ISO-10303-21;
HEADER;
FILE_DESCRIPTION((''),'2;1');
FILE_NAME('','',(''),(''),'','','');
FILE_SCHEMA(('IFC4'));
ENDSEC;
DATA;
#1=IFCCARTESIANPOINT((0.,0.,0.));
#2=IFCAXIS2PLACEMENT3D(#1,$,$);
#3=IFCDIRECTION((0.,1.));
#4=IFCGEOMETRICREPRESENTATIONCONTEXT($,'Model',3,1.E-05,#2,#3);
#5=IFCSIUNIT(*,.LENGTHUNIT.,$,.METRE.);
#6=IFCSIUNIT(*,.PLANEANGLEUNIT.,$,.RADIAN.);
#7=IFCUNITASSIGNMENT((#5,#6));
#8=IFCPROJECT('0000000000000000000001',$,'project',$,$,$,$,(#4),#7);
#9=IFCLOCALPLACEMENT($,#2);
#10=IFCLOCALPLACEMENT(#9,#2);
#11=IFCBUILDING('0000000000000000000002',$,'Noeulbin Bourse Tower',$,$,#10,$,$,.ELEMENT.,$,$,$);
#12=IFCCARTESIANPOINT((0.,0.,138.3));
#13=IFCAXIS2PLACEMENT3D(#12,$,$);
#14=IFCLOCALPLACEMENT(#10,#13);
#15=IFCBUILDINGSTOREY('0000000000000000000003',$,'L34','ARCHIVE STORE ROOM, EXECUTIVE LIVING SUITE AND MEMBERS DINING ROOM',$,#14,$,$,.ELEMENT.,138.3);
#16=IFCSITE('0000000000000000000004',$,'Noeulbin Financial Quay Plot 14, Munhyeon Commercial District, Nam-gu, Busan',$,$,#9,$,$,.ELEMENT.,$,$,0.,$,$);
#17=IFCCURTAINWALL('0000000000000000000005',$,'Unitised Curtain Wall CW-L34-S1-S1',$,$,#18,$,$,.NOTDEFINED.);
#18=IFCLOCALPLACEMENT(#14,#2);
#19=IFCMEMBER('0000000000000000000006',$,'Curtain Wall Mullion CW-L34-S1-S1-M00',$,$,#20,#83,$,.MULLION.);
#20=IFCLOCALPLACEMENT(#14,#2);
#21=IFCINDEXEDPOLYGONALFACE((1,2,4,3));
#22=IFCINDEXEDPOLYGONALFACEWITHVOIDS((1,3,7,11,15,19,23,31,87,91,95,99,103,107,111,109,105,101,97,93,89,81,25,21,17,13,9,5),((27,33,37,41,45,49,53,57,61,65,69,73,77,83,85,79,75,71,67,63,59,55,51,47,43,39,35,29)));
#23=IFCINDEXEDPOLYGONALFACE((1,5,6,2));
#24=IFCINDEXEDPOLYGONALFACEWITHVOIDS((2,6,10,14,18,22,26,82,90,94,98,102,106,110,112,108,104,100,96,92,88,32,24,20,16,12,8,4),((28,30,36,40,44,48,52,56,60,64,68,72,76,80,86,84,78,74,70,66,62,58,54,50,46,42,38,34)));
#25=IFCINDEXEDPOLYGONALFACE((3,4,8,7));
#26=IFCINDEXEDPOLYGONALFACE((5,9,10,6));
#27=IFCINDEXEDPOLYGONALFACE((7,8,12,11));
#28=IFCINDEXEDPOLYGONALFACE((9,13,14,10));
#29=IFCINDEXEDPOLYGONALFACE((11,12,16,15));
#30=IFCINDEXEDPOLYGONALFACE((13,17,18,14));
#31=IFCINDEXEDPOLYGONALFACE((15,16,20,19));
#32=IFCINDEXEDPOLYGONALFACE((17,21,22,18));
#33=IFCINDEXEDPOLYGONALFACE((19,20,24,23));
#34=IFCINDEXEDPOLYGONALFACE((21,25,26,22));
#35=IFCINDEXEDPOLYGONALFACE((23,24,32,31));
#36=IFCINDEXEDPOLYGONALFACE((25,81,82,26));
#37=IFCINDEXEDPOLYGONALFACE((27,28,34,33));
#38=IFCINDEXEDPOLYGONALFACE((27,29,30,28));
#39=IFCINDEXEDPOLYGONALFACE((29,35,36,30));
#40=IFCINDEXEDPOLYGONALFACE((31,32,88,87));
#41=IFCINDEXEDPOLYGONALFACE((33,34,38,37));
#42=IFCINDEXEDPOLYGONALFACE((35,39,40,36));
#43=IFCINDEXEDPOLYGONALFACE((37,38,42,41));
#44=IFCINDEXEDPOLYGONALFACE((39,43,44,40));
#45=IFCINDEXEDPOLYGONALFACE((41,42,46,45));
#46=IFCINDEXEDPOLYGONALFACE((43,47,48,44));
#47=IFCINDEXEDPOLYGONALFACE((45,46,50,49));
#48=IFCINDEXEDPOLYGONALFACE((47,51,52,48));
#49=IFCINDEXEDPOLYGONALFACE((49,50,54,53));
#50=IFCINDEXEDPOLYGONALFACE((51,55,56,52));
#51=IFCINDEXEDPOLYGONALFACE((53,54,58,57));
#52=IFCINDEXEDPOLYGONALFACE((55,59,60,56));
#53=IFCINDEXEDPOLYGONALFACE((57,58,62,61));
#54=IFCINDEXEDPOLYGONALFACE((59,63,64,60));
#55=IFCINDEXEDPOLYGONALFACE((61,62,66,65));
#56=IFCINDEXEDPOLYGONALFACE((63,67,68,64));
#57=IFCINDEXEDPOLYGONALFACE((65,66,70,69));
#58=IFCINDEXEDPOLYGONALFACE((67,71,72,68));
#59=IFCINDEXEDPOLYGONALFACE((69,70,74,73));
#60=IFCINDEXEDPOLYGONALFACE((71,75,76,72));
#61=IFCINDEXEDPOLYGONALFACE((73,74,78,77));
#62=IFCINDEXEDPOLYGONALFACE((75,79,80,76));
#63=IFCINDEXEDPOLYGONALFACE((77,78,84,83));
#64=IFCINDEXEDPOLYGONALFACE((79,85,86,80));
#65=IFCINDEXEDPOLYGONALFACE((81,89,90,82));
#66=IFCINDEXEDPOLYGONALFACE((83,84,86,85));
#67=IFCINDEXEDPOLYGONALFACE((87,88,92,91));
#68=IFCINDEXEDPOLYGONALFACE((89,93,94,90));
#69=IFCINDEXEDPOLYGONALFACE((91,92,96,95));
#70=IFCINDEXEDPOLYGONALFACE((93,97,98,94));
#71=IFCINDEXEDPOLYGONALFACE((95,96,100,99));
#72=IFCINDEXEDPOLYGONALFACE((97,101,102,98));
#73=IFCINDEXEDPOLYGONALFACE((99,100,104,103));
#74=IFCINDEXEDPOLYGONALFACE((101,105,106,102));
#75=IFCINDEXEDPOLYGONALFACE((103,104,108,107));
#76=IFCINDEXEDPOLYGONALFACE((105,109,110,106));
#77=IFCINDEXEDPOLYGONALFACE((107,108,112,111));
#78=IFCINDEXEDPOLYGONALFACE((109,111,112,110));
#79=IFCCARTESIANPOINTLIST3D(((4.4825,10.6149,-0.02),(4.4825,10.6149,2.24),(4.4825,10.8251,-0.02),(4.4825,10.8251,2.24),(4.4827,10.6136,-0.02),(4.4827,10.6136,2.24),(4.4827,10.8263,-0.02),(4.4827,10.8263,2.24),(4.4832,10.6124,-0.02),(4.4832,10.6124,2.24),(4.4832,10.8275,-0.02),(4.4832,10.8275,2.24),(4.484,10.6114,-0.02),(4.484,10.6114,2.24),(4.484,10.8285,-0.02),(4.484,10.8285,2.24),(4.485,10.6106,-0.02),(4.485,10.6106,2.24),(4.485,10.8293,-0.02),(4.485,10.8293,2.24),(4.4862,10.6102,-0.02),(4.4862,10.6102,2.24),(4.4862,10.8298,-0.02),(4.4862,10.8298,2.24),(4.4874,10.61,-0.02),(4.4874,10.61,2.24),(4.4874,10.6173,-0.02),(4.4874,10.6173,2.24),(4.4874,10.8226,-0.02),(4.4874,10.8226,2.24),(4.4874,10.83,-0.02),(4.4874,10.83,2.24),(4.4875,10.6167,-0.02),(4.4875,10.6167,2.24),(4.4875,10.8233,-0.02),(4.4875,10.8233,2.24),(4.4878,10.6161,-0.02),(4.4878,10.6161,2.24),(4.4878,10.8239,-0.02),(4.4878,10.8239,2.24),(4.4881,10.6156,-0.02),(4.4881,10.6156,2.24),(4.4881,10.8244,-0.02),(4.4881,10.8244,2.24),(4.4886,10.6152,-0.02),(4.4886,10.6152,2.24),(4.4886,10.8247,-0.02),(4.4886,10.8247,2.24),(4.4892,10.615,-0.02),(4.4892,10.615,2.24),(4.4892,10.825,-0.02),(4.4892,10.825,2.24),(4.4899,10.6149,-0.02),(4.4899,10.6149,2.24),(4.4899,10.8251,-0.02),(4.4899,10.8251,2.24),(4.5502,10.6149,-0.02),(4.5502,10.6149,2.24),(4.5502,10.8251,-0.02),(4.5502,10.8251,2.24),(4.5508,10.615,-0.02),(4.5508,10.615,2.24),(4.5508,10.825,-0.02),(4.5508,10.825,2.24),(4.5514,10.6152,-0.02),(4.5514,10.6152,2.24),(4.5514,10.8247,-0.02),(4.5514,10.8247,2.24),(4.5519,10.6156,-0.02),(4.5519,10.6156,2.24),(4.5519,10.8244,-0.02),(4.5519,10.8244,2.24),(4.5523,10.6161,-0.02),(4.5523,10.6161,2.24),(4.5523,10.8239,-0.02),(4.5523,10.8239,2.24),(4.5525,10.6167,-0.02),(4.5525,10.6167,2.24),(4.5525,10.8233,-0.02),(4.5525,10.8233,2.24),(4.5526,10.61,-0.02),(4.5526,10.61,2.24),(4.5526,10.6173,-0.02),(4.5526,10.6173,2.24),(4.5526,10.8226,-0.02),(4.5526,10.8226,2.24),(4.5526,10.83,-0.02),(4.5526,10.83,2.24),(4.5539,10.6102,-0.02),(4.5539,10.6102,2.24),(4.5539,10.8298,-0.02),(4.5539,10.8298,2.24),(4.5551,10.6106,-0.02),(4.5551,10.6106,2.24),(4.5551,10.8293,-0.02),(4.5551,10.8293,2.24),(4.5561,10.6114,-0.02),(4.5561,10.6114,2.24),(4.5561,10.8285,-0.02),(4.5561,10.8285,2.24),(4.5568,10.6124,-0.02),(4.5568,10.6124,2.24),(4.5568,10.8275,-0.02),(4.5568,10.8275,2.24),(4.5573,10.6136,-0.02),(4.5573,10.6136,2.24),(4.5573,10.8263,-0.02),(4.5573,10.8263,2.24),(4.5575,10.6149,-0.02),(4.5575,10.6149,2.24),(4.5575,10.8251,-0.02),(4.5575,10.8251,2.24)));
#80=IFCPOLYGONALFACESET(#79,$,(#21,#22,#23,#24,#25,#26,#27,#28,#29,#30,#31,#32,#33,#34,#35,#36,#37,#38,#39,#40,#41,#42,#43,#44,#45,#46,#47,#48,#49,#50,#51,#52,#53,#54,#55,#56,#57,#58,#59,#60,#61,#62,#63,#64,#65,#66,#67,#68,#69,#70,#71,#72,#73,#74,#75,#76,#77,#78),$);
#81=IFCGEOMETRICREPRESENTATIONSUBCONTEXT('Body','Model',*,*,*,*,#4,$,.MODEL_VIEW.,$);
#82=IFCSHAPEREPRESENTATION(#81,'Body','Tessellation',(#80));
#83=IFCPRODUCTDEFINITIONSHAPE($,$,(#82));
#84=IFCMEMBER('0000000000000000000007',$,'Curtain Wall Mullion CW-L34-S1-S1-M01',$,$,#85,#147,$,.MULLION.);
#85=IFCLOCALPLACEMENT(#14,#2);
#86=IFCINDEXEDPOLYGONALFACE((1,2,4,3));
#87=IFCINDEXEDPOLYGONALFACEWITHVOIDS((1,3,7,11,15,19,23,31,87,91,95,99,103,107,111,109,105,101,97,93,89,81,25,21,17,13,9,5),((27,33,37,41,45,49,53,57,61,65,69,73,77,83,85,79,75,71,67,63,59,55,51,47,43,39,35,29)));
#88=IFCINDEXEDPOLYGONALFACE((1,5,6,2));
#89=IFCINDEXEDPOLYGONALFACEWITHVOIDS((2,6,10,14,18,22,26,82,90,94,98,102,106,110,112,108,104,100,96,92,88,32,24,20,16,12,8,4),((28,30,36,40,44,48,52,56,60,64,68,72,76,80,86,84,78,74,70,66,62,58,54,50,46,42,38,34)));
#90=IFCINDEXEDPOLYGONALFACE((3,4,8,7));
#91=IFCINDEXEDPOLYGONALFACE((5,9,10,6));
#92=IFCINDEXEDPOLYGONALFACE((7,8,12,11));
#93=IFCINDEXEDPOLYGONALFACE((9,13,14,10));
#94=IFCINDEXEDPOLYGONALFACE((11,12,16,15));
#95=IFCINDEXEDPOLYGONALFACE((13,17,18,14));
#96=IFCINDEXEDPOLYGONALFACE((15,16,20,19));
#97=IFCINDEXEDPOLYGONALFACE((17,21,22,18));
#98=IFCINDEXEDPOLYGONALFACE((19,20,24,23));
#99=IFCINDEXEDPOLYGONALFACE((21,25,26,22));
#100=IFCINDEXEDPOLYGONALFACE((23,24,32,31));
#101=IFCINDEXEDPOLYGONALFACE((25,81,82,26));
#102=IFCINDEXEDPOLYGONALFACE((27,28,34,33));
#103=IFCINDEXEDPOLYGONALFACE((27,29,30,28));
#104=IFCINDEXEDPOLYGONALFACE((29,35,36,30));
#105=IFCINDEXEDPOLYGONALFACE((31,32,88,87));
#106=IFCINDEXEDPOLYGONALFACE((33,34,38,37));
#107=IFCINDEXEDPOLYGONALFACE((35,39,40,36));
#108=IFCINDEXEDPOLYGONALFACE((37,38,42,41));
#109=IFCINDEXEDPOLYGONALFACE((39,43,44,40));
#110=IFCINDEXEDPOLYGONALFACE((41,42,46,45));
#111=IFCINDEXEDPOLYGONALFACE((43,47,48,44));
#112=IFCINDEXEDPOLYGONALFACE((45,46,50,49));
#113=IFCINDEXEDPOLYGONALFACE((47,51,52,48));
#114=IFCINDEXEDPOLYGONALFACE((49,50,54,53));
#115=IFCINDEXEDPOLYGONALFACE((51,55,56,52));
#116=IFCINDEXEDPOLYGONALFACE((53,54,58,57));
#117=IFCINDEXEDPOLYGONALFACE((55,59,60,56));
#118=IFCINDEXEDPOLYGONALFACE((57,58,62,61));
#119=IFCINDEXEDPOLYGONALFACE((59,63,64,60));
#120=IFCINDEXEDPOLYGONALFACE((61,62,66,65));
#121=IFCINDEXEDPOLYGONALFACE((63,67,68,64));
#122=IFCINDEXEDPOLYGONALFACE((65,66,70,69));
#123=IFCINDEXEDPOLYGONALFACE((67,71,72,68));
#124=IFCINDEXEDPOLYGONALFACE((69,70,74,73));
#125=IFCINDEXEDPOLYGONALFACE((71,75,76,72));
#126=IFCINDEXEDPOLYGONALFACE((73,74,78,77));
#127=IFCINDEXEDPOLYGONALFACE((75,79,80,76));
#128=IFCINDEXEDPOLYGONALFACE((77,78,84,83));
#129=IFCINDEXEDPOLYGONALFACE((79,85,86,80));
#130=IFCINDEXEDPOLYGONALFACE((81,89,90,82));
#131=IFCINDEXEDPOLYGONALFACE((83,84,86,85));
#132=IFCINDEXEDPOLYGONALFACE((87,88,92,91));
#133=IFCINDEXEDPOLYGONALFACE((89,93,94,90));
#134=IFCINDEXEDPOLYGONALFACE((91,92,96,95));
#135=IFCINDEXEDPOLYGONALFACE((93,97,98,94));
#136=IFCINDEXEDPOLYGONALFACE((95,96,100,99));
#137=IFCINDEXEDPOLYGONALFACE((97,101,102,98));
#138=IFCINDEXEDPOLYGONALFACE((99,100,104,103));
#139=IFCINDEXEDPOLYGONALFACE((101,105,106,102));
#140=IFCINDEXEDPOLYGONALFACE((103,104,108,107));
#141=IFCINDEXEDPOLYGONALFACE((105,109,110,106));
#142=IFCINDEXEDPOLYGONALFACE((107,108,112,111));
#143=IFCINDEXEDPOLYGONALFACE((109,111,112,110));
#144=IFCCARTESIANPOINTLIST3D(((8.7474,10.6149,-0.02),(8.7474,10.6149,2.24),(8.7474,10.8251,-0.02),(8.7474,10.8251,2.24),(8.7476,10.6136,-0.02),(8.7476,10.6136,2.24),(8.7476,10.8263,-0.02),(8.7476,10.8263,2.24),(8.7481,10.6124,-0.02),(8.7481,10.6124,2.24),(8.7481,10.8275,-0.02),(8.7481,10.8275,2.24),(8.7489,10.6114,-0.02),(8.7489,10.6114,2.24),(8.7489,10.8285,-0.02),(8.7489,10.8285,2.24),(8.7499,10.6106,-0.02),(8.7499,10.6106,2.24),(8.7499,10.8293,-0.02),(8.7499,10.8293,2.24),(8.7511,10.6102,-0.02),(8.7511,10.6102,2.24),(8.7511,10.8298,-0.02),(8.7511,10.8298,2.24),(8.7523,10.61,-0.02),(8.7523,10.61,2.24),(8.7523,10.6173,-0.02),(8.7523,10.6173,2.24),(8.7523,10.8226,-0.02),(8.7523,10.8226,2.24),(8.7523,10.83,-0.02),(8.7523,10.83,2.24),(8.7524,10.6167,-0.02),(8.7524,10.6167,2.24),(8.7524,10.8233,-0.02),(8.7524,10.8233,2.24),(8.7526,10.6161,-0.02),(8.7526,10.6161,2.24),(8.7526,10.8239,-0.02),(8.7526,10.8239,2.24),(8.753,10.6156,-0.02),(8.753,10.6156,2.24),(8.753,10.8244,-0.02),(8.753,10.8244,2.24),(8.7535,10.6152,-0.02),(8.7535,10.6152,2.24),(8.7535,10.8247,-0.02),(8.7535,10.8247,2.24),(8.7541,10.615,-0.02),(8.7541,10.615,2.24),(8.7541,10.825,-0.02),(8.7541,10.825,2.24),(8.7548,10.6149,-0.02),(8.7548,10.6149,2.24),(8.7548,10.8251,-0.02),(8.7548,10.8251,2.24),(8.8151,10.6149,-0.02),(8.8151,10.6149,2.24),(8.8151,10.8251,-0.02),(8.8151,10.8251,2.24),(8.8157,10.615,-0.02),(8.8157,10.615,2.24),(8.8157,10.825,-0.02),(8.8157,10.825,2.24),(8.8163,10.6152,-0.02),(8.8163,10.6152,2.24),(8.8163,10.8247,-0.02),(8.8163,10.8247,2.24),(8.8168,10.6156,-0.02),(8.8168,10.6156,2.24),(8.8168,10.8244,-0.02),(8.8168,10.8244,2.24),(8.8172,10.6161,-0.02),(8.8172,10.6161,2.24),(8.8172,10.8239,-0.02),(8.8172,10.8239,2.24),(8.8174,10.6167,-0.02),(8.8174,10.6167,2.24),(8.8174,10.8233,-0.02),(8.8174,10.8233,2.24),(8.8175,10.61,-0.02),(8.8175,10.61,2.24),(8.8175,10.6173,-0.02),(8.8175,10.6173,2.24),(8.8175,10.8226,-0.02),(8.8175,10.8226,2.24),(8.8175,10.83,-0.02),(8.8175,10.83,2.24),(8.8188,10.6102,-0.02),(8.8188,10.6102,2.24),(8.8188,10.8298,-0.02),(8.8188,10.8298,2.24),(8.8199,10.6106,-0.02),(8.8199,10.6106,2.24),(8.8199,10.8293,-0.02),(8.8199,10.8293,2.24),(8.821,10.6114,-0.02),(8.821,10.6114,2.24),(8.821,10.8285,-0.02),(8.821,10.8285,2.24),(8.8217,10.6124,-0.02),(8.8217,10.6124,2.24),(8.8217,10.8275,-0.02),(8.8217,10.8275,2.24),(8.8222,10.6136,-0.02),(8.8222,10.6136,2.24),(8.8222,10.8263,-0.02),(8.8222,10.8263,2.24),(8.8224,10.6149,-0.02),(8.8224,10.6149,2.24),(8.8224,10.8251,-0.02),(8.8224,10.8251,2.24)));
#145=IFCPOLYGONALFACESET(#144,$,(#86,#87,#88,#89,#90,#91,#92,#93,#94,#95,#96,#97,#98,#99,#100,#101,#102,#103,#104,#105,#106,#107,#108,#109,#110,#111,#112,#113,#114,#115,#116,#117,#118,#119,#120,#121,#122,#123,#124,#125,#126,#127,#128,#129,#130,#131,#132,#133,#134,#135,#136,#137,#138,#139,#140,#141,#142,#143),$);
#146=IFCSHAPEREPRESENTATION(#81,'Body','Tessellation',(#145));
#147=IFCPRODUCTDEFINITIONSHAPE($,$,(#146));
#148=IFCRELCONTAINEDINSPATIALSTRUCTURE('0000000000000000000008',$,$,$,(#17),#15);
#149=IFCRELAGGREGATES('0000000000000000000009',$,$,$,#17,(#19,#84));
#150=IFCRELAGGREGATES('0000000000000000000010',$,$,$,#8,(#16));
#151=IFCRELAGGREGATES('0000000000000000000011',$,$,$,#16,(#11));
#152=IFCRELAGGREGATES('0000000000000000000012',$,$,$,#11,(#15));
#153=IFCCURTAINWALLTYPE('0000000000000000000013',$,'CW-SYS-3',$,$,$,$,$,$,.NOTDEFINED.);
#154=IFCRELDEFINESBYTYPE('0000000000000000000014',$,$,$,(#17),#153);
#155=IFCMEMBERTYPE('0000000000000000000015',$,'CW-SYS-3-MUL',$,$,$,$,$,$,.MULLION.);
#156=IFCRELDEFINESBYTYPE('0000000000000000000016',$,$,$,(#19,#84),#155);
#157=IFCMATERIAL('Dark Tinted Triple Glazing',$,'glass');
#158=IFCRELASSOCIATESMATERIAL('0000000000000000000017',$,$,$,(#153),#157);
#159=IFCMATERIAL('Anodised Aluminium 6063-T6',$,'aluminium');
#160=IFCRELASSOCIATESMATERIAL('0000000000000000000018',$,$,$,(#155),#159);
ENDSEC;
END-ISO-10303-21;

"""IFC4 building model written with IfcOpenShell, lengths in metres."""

from ifc_helpers import new_model, si_unit, direction, frame, origin, origin_2d, place, context, subcontext, project, spatial, hollow_rectangle, extrude, material, material_profile, profile_set, type_object, element, aggregate, save


model = new_model("IFC4")

# Units and contexts
model_context = context("Model", 3, precision=1e-05, world=origin(), true_north=direction((0.0, 1.0)))
body_context = subcontext(model_context, "Body", "Model", "MODEL_VIEW")
ifc_project = project(units=[si_unit("LENGTHUNIT", "METRE"), si_unit("PLANEANGLEUNIT", "RADIAN")], contexts=[model_context])

# Site, building, storey
site_placement = place(None, origin())
site = spatial("IfcSite", under=ifc_project, at=site_placement, Name="Noeulbin Financial Quay Plot 14, Munhyeon Commercial District, Nam-gu, Busan", CompositionType="ELEMENT", RefElevation=0.0)
building_placement = place(site_placement, origin())
building = spatial("IfcBuilding", under=site, at=building_placement, Name="Noeulbin Bourse Tower", CompositionType="ELEMENT")
storey_placement = place(building_placement, frame((0.0, 0.0, 138.3)))
storey = spatial("IfcBuildingStorey", under=building, at=storey_placement, Name="L34", Description="ARCHIVE STORE ROOM, EXECUTIVE LIVING SUITE AND MEMBERS DINING ROOM", CompositionType="ELEMENT", Elevation=138.3)

# Curtain wall, members
ifc_material_1 = material(Name="Dark Tinted Triple Glazing", Category="glass")
curtain_wall_type = type_object("IfcCurtainWallType", Name="CW-SYS-3", PredefinedType="NOTDEFINED", material=ifc_material_1)
curtain_wall_1_placement = place(storey_placement, origin())
curtain_wall_1 = element("IfcCurtainWall", 1, at=curtain_wall_1_placement, inside=storey, type_object=curtain_wall_type, Name="Unitised Curtain Wall CW-L34-S1-S1", PredefinedType="NOTDEFINED")
ifc_material_2 = material(Name="Anodised Aluminium 6063-T6", Category="aluminium")
ifc_material_profile_1 = material_profile(ifc_material_2, hollow_rectangle(XDim=0.075, YDim=0.22, WallThickness=0.0049, InnerFilletRadius=0.0024, OuterFilletRadius=0.0049, at=origin_2d()), Name="ALU-MULL-75x220x5", Category="LoadBearing")
ifc_profile_set_1 = profile_set([ifc_material_profile_1], Name="Anodised Aluminium 6063-T6")
member_type_1 = type_object("IfcMemberType", Name="CW-SYS-3-MUL", PredefinedType="MULLION", material=ifc_profile_set_1)
member_1_placement = place(storey_placement, frame((4.52, 10.72, -0.02), z_axis=(0.0, 0.0, 1.0), x_axis=(1.0, 0.0, 0.0)))
member_1 = element("IfcMember", 2, at=member_1_placement, type_object=member_type_1, Name="Curtain Wall Mullion CW-L34-S1-S1-M00", PredefinedType="MULLION", context=body_context, shape_type="SweptSolid", body=[
    extrude(hollow_rectangle(XDim=0.075, YDim=0.22, WallThickness=0.0049, InnerFilletRadius=0.0024, OuterFilletRadius=0.0049, at=origin_2d()), origin(), (0.0, 0.0, 1.0), 2.26),
])
member_2_placement = place(storey_placement, frame((8.7849, 10.72, -0.02), z_axis=(0.0, 0.0, 1.0), x_axis=(1.0, 0.0, 0.0)))
member_2 = element("IfcMember", 3, at=member_2_placement, type_object=member_type_1, Name="Curtain Wall Mullion CW-L34-S1-S1-M01", PredefinedType="MULLION", context=body_context, shape_type="SweptSolid", body=[
    extrude(hollow_rectangle(XDim=0.075, YDim=0.22, WallThickness=0.0049, InnerFilletRadius=0.0024, OuterFilletRadius=0.0049, at=origin_2d()), origin(), (0.0, 0.0, 1.0), 2.26),
])

aggregate(curtain_wall_1, [member_1, member_2])

save(model, "model.ifc")
